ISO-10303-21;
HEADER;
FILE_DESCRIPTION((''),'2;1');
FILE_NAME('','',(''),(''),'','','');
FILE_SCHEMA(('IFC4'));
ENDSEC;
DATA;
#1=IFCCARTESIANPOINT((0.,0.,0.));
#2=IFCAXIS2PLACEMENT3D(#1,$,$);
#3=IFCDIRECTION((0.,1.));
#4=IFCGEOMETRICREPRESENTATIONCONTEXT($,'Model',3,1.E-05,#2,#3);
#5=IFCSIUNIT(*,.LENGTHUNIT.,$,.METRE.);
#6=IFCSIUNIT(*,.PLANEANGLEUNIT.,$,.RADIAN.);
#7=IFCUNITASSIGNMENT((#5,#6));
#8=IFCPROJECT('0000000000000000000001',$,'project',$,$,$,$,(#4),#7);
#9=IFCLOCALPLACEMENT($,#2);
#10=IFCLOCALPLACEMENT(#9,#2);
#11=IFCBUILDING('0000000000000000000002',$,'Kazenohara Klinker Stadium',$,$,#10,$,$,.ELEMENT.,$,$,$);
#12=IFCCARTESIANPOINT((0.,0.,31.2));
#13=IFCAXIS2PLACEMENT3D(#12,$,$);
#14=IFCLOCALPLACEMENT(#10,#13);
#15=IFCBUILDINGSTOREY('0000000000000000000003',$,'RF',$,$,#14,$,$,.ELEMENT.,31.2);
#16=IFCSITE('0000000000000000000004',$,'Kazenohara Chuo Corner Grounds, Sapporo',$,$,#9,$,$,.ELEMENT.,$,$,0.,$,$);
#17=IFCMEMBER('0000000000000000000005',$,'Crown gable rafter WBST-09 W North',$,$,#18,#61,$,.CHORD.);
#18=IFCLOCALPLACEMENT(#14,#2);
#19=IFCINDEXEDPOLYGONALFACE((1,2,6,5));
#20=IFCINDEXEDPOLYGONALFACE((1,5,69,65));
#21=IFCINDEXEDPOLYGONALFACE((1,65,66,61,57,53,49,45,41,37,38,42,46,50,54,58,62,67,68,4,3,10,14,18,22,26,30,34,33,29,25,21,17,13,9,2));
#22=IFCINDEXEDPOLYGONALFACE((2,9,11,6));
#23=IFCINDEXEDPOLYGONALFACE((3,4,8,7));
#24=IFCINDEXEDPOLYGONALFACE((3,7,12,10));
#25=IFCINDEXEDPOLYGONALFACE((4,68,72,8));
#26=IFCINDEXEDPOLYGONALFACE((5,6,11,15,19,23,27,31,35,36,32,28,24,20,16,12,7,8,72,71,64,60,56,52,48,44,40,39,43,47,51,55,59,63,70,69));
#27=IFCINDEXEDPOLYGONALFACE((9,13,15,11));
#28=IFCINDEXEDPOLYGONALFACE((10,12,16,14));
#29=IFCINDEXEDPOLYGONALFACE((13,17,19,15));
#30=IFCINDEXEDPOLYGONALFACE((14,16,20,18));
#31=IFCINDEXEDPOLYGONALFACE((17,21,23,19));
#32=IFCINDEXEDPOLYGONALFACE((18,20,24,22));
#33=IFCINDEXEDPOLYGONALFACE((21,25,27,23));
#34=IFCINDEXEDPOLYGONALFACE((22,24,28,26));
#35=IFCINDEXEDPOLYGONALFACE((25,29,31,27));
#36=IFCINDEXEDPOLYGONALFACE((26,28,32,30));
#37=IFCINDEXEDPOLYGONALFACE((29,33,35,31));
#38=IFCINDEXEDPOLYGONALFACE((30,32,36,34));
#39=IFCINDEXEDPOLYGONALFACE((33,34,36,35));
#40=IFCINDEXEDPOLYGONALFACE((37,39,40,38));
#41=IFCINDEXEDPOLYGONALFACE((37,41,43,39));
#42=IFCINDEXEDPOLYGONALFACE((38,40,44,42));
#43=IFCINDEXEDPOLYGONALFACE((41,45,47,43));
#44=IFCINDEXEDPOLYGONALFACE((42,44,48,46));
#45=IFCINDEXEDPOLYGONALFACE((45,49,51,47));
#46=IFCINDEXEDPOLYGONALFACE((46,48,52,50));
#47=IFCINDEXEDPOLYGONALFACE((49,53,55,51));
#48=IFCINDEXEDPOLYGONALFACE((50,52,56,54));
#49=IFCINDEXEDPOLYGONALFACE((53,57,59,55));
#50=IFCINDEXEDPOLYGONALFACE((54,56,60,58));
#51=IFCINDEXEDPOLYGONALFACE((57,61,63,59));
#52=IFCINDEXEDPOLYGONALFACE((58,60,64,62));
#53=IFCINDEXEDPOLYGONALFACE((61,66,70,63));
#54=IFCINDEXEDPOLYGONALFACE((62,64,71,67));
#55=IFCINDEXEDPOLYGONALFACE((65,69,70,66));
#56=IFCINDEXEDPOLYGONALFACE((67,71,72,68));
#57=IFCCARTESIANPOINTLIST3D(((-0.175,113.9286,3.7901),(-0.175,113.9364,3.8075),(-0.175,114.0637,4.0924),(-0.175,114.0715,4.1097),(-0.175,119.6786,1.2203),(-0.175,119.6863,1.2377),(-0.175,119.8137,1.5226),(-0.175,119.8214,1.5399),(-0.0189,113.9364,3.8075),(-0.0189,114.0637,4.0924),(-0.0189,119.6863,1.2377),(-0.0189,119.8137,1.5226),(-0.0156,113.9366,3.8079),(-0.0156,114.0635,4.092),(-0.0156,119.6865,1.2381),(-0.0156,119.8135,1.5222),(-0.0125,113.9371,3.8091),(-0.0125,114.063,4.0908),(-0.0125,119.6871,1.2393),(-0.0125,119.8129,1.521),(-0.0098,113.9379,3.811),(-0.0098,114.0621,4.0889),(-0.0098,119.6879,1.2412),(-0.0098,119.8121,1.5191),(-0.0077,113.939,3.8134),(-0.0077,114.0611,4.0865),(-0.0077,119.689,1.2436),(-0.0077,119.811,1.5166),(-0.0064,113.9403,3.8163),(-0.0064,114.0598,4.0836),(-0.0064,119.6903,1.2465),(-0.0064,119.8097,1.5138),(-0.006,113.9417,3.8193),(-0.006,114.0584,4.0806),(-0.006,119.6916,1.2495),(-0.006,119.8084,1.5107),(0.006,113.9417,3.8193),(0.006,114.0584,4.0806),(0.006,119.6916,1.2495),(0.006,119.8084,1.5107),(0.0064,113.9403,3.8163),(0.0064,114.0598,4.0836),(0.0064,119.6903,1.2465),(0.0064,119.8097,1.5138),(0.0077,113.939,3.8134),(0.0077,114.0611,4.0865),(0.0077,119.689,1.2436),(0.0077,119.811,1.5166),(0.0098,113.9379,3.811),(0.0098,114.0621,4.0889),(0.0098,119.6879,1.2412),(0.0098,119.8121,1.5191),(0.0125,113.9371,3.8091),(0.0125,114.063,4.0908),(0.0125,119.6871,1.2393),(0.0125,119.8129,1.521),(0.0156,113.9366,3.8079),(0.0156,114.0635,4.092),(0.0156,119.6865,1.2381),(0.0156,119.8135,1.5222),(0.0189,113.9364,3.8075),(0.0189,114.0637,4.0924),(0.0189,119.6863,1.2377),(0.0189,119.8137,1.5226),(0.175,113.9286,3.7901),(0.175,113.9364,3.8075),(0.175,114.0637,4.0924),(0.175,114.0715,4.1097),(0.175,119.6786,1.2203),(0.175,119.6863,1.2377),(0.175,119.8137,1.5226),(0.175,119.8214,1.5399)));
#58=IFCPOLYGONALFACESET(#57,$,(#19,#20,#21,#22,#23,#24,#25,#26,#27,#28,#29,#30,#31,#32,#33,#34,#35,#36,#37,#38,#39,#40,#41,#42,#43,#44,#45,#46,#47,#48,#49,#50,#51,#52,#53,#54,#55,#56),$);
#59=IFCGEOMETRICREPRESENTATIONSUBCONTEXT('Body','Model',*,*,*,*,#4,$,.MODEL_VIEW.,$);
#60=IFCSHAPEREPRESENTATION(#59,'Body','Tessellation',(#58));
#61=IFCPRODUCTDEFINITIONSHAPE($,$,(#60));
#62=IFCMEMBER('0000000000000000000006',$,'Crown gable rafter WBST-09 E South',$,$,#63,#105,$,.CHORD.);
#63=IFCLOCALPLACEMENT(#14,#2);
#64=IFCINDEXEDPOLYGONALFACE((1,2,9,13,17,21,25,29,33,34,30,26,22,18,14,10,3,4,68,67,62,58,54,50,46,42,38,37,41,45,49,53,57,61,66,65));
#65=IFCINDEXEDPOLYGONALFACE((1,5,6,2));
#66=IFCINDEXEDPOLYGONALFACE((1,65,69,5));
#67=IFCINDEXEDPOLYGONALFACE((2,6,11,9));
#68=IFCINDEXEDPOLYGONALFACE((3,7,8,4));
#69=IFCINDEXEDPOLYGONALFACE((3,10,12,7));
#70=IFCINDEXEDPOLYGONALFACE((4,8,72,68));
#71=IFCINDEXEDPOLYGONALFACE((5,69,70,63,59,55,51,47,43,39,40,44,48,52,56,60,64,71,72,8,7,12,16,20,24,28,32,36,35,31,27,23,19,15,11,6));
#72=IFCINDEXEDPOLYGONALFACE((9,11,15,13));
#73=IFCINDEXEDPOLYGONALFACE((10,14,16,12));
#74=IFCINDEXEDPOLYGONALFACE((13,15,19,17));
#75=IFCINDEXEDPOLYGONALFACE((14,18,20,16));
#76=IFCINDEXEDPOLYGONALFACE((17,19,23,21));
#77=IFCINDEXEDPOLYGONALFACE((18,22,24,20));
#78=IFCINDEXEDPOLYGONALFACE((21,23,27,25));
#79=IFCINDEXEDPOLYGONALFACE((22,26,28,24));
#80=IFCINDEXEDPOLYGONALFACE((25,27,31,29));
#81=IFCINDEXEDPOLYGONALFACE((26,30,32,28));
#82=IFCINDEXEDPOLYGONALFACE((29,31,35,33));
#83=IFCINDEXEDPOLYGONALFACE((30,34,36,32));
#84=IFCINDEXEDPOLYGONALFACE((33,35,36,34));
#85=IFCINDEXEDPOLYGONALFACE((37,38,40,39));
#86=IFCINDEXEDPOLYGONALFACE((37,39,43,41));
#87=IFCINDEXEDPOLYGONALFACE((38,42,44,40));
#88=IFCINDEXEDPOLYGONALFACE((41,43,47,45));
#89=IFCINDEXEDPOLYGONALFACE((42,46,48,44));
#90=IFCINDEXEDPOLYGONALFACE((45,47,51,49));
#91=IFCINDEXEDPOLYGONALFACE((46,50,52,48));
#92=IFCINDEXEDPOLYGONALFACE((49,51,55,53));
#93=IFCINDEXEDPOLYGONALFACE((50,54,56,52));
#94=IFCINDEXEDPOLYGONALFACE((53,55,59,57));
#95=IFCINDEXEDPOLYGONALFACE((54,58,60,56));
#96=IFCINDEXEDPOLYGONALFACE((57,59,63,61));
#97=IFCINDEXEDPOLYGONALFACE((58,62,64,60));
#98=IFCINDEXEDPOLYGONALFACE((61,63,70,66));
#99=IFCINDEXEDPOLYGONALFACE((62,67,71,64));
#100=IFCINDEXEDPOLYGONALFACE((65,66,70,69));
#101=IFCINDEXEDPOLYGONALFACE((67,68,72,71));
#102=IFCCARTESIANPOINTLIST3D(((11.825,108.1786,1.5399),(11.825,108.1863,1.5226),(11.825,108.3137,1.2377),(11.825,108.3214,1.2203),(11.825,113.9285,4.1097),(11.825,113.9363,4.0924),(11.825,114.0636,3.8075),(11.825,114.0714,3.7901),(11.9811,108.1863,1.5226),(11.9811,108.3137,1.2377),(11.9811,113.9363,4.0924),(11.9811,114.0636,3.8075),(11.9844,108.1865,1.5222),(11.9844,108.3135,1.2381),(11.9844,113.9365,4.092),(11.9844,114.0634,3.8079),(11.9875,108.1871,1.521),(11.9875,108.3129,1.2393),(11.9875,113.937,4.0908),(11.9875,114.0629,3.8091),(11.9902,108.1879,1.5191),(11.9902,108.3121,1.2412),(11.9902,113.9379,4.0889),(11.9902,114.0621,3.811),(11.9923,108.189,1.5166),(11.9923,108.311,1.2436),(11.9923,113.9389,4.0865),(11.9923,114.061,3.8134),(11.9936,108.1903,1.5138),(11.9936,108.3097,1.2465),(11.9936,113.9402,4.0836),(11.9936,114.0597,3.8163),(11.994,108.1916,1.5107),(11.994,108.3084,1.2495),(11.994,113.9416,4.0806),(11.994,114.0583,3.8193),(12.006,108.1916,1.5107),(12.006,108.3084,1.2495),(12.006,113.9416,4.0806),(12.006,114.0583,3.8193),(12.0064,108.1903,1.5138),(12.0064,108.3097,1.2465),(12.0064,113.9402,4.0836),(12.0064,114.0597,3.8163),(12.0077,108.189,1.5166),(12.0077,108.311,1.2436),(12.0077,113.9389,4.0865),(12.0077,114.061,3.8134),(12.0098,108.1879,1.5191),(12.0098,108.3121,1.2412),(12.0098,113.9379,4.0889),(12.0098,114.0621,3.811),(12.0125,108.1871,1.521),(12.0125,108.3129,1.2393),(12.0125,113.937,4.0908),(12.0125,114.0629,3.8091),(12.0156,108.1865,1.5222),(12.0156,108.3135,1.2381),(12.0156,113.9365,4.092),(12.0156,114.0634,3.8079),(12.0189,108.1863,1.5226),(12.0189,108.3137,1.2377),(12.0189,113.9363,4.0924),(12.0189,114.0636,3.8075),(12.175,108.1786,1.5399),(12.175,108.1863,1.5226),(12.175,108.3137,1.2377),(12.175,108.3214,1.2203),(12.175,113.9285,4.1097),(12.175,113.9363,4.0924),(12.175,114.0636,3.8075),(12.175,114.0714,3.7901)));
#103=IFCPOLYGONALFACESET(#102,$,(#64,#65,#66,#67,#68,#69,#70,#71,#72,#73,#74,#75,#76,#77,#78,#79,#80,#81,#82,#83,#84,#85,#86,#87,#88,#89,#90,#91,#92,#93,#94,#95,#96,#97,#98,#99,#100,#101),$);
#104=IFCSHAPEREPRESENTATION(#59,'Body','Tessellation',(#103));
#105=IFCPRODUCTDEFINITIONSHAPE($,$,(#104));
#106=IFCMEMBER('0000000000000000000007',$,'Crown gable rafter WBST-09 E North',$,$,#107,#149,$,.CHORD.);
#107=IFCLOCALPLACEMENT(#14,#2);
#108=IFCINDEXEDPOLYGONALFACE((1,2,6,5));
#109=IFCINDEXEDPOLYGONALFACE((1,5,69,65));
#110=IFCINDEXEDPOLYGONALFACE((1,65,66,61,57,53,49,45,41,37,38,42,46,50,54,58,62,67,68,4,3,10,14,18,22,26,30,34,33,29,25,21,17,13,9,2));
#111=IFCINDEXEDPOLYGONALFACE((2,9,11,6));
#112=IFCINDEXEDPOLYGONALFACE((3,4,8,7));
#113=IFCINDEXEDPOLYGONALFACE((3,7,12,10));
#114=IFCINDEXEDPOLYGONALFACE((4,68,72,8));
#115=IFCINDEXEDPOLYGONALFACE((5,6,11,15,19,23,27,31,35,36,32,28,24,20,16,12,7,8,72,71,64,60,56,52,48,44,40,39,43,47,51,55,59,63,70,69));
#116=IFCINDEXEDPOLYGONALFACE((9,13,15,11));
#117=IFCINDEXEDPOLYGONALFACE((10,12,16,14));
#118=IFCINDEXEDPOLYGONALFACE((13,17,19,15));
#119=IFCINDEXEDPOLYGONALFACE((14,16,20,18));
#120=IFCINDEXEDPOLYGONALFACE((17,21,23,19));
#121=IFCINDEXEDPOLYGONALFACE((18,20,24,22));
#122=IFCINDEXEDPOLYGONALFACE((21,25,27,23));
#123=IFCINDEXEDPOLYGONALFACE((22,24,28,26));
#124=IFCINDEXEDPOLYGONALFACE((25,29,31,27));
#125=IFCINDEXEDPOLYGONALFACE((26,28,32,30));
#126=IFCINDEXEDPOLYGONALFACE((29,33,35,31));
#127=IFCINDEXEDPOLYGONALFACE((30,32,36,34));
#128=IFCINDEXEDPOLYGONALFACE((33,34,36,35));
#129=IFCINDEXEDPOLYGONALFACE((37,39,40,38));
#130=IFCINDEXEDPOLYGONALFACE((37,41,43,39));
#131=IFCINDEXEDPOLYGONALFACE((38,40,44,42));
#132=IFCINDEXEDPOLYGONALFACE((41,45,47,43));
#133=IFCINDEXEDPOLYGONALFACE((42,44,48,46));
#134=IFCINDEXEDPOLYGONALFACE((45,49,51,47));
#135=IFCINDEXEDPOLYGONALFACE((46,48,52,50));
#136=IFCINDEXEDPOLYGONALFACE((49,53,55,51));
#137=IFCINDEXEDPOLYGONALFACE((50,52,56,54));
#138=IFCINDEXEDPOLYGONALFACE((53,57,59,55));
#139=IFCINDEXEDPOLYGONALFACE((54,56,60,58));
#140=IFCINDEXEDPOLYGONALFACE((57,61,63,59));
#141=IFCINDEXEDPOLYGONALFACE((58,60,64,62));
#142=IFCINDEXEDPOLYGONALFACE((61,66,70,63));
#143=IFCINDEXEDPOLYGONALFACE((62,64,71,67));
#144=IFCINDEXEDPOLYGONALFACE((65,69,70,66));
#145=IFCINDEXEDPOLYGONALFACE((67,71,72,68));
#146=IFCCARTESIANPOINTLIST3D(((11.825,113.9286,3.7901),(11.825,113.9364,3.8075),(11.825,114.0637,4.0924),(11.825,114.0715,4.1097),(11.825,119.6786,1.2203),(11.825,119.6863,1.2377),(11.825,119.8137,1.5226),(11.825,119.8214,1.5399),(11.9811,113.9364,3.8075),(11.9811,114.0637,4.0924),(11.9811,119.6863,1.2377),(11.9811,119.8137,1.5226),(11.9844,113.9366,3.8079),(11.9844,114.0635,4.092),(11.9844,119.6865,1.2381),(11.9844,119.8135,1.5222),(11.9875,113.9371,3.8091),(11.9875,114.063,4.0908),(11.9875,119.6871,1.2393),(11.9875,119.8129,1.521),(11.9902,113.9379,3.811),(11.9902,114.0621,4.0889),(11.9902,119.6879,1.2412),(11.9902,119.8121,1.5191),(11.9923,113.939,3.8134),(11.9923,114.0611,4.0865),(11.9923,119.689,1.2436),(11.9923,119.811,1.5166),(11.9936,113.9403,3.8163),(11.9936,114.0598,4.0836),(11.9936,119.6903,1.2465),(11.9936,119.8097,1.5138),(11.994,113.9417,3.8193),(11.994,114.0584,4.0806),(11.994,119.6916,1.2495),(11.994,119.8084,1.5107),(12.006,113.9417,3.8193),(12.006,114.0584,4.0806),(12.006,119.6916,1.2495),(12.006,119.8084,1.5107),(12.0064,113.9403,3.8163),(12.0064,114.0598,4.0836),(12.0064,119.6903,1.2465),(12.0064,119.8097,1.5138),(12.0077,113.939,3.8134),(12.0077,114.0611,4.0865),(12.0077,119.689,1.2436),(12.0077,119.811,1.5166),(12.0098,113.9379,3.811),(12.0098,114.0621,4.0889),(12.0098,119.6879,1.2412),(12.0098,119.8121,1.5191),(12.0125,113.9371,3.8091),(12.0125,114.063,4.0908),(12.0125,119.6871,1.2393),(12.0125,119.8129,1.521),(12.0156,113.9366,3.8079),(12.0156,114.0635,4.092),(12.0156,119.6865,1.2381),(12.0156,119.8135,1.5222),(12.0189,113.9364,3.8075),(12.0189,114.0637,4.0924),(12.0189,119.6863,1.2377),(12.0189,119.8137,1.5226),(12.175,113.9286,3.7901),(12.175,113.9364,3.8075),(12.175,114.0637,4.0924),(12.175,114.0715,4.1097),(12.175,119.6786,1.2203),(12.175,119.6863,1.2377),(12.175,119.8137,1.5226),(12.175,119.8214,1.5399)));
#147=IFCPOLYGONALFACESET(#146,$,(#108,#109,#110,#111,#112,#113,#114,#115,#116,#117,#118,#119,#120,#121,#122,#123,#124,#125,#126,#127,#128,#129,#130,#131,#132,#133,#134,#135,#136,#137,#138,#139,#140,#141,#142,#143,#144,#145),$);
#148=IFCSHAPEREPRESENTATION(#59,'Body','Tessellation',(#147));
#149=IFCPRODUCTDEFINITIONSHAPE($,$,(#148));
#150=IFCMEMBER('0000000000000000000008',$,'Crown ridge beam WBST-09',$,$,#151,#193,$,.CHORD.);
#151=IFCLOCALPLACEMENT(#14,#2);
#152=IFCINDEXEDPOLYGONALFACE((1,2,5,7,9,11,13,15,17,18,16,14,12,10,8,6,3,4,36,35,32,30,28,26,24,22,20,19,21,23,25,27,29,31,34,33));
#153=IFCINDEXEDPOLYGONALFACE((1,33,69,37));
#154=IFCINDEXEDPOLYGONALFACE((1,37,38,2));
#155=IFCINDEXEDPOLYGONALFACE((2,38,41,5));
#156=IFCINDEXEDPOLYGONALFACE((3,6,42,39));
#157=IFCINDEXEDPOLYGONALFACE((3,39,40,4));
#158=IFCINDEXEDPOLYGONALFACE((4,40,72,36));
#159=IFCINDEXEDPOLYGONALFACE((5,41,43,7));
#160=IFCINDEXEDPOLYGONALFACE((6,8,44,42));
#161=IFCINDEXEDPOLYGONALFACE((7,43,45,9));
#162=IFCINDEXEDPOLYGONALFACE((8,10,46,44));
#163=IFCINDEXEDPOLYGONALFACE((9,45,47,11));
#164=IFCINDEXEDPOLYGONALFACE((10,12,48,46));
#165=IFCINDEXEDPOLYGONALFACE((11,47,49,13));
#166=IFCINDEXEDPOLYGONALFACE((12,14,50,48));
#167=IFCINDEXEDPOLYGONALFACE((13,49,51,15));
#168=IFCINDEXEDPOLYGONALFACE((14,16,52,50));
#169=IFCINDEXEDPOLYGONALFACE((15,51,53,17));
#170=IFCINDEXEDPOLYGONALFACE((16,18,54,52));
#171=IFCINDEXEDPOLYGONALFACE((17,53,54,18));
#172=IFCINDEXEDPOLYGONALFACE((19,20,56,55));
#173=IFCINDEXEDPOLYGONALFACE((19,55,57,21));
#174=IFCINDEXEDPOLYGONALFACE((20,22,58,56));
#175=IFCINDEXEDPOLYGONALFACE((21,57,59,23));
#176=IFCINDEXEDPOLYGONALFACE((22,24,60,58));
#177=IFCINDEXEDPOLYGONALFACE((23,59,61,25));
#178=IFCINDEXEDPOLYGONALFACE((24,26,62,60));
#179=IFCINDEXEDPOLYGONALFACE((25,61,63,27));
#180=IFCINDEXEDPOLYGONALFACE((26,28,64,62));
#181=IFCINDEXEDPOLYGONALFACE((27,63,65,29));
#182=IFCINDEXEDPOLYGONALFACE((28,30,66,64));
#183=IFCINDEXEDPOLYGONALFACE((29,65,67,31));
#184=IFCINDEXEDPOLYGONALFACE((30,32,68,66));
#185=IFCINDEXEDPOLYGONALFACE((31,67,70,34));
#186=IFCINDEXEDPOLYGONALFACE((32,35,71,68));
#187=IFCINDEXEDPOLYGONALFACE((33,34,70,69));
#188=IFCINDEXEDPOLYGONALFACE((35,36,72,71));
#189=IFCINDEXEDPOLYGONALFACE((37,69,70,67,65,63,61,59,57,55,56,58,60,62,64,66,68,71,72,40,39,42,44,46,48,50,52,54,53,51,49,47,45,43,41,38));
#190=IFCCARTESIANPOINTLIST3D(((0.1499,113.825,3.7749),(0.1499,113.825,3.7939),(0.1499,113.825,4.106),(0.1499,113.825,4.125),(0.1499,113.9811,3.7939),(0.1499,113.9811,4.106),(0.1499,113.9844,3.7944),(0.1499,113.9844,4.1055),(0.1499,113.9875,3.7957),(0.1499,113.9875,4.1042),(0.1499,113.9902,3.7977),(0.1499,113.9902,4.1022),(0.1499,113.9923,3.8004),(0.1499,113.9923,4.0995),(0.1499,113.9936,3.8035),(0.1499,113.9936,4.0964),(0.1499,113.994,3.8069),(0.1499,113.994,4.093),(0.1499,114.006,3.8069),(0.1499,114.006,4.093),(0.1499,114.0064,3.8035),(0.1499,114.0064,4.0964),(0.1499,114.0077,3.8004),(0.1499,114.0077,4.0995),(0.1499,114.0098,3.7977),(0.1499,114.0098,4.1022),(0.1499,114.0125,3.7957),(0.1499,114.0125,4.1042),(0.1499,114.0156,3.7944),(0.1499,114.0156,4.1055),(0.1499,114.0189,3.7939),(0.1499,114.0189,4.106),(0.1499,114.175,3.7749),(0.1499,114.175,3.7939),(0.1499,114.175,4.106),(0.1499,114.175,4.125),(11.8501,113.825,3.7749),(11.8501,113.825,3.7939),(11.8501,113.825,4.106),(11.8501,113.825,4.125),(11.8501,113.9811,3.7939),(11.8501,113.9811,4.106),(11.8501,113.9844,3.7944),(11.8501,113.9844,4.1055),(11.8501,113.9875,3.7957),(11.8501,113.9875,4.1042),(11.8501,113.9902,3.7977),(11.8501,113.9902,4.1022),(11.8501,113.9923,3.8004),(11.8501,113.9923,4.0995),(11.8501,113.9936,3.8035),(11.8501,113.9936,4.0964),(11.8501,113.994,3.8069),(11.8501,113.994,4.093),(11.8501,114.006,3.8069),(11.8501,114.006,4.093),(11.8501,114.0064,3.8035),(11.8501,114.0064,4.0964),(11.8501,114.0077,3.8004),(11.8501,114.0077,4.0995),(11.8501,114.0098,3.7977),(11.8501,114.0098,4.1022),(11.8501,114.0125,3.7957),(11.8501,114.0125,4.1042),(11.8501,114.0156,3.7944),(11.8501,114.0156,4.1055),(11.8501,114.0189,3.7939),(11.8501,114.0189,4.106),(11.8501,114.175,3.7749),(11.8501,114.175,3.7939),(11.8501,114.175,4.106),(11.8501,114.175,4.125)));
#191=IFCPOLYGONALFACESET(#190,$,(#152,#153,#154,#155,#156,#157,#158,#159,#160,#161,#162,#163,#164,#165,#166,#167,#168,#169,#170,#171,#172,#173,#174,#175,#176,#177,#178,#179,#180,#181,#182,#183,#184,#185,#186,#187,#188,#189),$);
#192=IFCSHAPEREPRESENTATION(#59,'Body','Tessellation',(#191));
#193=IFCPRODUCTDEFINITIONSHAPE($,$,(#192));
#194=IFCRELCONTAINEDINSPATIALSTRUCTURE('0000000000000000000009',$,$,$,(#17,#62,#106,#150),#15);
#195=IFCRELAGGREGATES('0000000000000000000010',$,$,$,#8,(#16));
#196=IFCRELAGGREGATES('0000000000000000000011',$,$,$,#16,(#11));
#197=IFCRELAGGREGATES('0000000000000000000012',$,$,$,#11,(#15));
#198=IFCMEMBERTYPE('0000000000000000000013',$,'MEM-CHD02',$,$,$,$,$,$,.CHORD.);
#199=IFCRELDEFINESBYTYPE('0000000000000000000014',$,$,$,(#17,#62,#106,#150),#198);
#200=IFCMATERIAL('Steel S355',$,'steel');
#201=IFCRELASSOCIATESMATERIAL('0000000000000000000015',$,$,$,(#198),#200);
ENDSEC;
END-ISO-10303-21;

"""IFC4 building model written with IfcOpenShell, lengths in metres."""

from ifc_helpers import new_model, si_unit, direction, frame, origin, origin_2d, place, context, subcontext, project, spatial, i_section, extrude, material, material_profile, profile_set, type_object, element, save


model = new_model("IFC4")

# Units and contexts
model_context = context("Model", 3, precision=1e-05, world=origin(), true_north=direction((0.0, 1.0)))
body_context = subcontext(model_context, "Body", "Model", "MODEL_VIEW")
ifc_project = project(units=[si_unit("LENGTHUNIT", "METRE"), si_unit("PLANEANGLEUNIT", "RADIAN")], contexts=[model_context])

# Site, building, storey
site_placement = place(None, origin())
site = spatial("IfcSite", under=ifc_project, at=site_placement, Name="Kazenohara Chuo Corner Grounds, Sapporo", CompositionType="ELEMENT", RefElevation=0.0)
building_placement = place(site_placement, origin())
building = spatial("IfcBuilding", under=site, at=building_placement, Name="Kazenohara Klinker Stadium", CompositionType="ELEMENT")
storey_placement = place(building_placement, frame((0.0, 0.0, 31.2)))
storey = spatial("IfcBuildingStorey", under=building, at=storey_placement, Name="RF", CompositionType="ELEMENT", Elevation=31.2)

# Members
ifc_material_1 = material(Name="Steel S355", Category="steel")
ifc_material_profile_1 = material_profile(ifc_material_1, i_section(OverallWidth=0.3501, OverallDepth=0.3501, WebThickness=0.012, FlangeThickness=0.019, FilletRadius=0.0129, at=origin_2d()), Name="H-350x350x12x19")
ifc_profile_set_1 = profile_set([ifc_material_profile_1], Name="Steel S355")
member_type_1 = type_object("IfcMemberType", Name="MEM-CHD02", PredefinedType="CHORD", material=ifc_profile_set_1)
for number, where, z_axis, x_axis, name in (
    (1, (0.0, 119.75, 1.3801), (0.0, -0.912969, 0.408029), (1.0, 0.0, 0.0), "Crown gable rafter WBST-09 W North"),
    (2, (12.0, 108.25, 1.3801), (0.0, 0.912969, 0.408029), (-1.0, 0.0, 0.0), "Crown gable rafter WBST-09 E South"),
    (3, (12.0, 119.75, 1.3801), (0.0, -0.912969, 0.408029), (1.0, 0.0, 0.0), "Crown gable rafter WBST-09 E North"),
):
    element("IfcMember", number, at=place(storey_placement, frame(where, z_axis=z_axis, x_axis=x_axis)), inside=storey, type_object=member_type_1, Name=name, PredefinedType="CHORD", context=body_context, shape_type="SweptSolid", body=[
        extrude(i_section(OverallWidth=0.3501, OverallDepth=0.3501, WebThickness=0.012, FlangeThickness=0.019, FilletRadius=0.0129, at=origin_2d()), origin(), (0.0, 0.0, 1.0), 6.2981),
    ])
member_1_placement = place(storey_placement, frame((0.1499, 114.0, 3.95), z_axis=(1.0, 0.0, 0.0), x_axis=(0.0, 1.0, 0.0)))
element("IfcMember", 4, at=member_1_placement, inside=storey, type_object=member_type_1, Name="Crown ridge beam WBST-09", PredefinedType="CHORD", context=body_context, shape_type="SweptSolid", body=[
    extrude(i_section(OverallWidth=0.3501, OverallDepth=0.3501, WebThickness=0.012, FlangeThickness=0.019, FilletRadius=0.0129, at=origin_2d()), origin(), (0.0, 0.0, 1.0), 11.7002),
])

save(model, "model.ifc")
